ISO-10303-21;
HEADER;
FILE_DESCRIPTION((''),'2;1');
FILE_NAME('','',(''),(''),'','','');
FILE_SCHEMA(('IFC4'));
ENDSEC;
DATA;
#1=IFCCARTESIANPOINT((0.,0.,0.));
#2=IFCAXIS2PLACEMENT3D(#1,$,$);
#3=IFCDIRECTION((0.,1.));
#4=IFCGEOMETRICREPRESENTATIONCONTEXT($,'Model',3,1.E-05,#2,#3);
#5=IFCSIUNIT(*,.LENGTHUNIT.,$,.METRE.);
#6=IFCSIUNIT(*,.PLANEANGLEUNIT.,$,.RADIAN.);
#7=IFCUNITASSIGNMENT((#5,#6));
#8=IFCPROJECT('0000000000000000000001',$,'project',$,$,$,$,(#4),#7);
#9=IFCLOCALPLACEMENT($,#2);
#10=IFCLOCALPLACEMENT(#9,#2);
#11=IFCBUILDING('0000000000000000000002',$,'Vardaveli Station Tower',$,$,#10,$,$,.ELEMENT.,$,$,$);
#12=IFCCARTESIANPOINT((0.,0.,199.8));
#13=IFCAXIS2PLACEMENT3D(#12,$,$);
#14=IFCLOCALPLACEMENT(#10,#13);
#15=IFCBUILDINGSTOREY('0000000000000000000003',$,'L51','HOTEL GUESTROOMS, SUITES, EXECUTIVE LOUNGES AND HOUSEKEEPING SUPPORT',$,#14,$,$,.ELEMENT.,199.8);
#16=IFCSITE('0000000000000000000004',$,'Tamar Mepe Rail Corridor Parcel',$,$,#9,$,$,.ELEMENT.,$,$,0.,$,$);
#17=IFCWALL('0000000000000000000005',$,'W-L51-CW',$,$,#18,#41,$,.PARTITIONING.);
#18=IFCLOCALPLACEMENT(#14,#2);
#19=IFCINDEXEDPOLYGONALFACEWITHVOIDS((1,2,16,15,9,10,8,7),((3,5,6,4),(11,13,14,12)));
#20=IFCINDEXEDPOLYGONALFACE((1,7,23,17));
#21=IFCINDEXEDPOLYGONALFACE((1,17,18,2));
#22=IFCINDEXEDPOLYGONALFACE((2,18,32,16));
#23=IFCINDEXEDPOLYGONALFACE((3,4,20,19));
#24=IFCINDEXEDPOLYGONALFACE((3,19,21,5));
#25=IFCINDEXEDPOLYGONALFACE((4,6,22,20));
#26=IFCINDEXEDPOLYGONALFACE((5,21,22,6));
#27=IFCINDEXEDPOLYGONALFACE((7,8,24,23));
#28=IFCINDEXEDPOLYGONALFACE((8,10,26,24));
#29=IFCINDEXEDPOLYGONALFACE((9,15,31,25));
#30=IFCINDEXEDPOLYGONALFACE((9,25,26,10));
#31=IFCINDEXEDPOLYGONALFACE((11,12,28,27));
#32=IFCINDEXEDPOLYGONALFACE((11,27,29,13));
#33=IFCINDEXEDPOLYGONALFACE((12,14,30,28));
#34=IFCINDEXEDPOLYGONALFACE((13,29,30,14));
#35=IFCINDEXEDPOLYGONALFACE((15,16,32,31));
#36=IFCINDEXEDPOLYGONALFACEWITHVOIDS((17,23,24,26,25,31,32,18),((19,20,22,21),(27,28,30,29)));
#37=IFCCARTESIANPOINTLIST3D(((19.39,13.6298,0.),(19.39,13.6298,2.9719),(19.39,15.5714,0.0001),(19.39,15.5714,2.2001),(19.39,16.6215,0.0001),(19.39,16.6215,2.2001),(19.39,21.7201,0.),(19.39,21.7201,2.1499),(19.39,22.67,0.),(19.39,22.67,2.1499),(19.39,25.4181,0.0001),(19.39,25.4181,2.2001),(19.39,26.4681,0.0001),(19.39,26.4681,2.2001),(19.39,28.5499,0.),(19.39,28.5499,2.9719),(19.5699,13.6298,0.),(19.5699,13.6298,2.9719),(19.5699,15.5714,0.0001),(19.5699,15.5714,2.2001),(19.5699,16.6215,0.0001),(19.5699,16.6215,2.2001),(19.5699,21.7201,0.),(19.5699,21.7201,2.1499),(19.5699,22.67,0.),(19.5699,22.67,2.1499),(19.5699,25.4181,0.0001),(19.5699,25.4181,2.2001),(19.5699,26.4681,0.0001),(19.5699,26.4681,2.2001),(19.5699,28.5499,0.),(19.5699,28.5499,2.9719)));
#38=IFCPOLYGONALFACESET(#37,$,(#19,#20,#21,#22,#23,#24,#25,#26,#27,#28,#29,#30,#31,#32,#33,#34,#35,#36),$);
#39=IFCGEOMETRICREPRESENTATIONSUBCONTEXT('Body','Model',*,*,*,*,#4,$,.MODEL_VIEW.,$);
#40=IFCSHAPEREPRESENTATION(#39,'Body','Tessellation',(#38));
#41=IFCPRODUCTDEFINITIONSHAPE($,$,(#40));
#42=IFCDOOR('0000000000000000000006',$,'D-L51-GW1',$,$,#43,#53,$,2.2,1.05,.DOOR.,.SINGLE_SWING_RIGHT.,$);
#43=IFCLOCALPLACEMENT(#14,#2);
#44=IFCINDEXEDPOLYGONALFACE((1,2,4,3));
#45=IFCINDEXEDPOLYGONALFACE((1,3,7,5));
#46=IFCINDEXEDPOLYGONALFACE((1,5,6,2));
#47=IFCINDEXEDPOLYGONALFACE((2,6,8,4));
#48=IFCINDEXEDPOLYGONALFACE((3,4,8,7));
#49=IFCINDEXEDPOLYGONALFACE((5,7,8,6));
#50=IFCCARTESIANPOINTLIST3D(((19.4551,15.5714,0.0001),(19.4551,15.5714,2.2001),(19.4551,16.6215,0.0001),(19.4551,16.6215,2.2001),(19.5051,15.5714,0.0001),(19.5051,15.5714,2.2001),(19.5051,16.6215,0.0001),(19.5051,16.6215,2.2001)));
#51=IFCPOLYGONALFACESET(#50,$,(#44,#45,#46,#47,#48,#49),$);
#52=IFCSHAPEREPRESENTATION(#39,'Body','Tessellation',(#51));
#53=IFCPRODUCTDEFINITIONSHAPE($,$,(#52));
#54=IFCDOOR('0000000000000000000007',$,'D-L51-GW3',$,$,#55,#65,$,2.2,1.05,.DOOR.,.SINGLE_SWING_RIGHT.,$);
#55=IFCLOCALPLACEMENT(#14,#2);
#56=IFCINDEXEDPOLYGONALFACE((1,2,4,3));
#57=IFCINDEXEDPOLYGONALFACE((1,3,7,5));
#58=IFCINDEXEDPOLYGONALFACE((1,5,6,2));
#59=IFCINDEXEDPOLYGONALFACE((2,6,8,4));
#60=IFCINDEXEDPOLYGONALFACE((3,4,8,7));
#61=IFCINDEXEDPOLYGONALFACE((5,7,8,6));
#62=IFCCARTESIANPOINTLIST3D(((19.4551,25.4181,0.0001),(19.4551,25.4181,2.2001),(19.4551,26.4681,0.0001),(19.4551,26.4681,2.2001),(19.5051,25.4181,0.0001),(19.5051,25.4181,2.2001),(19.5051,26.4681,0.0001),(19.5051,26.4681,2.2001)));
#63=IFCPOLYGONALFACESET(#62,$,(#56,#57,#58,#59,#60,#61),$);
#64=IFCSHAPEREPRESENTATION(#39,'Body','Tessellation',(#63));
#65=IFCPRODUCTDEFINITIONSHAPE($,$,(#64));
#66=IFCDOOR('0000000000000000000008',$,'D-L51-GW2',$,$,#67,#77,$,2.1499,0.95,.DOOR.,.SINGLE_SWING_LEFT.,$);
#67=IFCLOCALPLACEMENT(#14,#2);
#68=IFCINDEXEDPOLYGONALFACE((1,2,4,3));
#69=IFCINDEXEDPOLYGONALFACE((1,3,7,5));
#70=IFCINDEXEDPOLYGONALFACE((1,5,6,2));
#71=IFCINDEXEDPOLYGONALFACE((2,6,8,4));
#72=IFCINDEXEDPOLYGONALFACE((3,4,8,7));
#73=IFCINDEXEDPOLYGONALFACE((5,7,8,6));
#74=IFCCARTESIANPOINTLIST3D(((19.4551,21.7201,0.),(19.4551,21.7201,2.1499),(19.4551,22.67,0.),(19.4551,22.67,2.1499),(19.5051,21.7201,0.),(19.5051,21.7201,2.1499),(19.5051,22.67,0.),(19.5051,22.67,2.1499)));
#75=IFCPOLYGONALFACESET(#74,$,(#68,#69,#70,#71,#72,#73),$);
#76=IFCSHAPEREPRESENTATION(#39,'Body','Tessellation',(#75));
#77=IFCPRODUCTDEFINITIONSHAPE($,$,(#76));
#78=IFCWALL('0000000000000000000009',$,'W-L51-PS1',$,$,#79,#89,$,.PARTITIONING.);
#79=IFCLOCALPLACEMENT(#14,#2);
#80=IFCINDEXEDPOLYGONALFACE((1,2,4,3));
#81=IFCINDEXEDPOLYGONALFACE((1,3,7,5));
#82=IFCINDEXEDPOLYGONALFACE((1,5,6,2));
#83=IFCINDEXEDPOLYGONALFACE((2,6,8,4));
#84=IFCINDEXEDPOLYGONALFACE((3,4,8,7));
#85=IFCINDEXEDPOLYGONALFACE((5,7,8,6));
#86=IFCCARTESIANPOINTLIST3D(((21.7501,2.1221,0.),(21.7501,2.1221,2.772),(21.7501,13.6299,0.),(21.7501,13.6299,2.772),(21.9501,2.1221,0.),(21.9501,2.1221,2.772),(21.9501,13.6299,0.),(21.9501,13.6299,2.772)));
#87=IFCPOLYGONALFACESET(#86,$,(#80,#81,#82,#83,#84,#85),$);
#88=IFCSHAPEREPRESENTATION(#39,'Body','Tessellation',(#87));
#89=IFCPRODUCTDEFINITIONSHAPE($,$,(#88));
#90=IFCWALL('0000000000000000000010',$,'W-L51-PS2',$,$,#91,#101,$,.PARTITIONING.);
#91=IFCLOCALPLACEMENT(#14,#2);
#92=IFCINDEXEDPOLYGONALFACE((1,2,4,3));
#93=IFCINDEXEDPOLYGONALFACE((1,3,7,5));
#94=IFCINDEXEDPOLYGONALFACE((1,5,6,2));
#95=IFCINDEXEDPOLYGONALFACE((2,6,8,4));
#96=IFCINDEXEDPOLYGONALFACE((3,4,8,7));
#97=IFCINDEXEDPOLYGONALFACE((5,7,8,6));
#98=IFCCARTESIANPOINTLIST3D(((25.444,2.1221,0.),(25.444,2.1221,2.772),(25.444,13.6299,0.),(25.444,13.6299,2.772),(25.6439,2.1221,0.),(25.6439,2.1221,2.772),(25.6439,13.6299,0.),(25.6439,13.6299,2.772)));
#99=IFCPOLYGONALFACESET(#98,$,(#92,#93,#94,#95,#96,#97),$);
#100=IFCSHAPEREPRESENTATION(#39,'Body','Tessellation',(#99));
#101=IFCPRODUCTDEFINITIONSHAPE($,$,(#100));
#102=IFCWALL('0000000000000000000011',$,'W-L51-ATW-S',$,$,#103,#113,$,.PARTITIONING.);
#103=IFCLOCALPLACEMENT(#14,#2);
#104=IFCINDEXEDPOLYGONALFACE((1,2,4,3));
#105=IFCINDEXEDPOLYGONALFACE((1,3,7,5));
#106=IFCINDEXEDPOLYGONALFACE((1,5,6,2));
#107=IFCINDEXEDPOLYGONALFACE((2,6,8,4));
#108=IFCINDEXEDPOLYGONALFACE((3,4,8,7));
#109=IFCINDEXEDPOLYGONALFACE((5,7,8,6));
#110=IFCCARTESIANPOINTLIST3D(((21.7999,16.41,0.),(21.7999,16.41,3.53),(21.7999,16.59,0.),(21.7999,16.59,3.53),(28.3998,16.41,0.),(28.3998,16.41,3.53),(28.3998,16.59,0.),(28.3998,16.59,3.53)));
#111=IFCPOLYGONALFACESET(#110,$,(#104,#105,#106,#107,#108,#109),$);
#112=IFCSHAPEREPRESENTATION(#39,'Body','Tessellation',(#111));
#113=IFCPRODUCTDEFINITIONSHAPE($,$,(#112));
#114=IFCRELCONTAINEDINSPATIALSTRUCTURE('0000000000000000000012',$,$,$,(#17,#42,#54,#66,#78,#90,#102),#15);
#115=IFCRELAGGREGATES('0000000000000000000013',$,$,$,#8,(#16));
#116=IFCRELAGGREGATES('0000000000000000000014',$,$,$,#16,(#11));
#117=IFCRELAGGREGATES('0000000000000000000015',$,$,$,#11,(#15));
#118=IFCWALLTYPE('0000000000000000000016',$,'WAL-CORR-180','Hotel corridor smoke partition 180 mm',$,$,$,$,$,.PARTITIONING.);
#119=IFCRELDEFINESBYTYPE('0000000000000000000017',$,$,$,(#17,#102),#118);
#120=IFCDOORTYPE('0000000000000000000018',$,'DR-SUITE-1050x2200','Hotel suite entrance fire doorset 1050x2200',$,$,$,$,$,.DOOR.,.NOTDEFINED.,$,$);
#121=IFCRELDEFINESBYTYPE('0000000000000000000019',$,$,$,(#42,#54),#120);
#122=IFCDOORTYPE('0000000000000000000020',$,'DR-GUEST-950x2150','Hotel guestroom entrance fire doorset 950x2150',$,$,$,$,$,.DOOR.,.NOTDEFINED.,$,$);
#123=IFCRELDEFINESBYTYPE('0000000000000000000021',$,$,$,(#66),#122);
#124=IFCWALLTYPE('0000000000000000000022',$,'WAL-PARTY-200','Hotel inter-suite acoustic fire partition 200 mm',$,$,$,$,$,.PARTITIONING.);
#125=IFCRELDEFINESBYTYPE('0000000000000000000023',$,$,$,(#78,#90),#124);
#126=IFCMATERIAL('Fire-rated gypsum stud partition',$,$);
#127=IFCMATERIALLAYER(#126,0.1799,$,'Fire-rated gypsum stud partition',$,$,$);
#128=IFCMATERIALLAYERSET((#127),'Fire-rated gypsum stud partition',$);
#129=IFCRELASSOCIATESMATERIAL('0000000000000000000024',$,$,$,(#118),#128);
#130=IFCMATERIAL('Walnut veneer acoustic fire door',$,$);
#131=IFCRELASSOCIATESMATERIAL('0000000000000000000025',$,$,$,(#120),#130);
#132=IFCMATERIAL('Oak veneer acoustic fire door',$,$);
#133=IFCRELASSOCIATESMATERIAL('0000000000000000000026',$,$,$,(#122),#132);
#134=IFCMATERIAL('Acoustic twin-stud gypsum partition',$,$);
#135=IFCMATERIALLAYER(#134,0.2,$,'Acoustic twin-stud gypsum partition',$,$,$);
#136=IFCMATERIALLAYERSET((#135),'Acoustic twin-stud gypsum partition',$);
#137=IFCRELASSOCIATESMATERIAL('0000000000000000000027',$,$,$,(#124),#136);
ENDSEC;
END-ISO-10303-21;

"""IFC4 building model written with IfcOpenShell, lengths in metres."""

from ifc_helpers import new_model, si_unit, direction, frame, frame_2d, origin, place, context, subcontext, project, spatial, rectangle, extrude, source, transform, mapped, material, layer, layer_set, type_object, element, fill, save


model = new_model("IFC4")

# Units and contexts
model_context = context("Model", 3, precision=1e-05, world=origin(), true_north=direction((0.0, 1.0)))
body_context = subcontext(model_context, "Body", "Model", "MODEL_VIEW")
ifc_project = project(units=[si_unit("LENGTHUNIT", "METRE"), si_unit("PLANEANGLEUNIT", "RADIAN")], contexts=[model_context])

# Site, building, storey
site_placement = place(None, origin())
site = spatial("IfcSite", under=ifc_project, at=site_placement, Name="Tamar Mepe Rail Corridor Parcel", CompositionType="ELEMENT", RefElevation=0.0)
building_placement = place(site_placement, origin())
building = spatial("IfcBuilding", under=site, at=building_placement, Name="Vardaveli Station Tower", CompositionType="ELEMENT")
storey_placement = place(building_placement, frame((0.0, 0.0, 199.8)))
storey = spatial("IfcBuildingStorey", under=building, at=storey_placement, Name="L51", Description="HOTEL GUESTROOMS, SUITES, EXECUTIVE LOUNGES AND HOUSEKEEPING SUPPORT", CompositionType="ELEMENT", Elevation=199.8)

# Shared definitions
ifc_material_1 = material(Name="Fire-rated gypsum stud partition")
ifc_layer_1 = layer(ifc_material_1, 0.1799, Name="Fire-rated gypsum stud partition")
ifc_layer_set_1 = layer_set([ifc_layer_1], Name="Fire-rated gypsum stud partition")
wall_type_1 = type_object("IfcWallType", Name="WAL-CORR-180", Description="Hotel corridor smoke partition 180 mm", PredefinedType="PARTITIONING", material=ifc_layer_set_1)
shared_shape_1 = source(origin(), body_context, "Body", "SweptSolid", [
    extrude(rectangle(XDim=1.05, YDim=2.2, at=frame_2d((0.5249, 1.1001))), frame((0.0, 0.1001, 0.0), z_axis=(0.0, -1.0, 0.0), x_axis=(1.0, 0.0, 0.0)), (0.0, 0.0, 1.0), 0.2),
])
ifc_material_2 = material(Name="Walnut veneer acoustic fire door")
door_type_1 = type_object("IfcDoorType", Name="DR-SUITE-1050x2200", Description="Hotel suite entrance fire doorset 1050x2200", OperationType="NOTDEFINED", PredefinedType="DOOR", material=ifc_material_2)
shared_shape_2 = source(origin(), body_context, "Body", "SweptSolid", [
    extrude(rectangle(XDim=1.05, YDim=2.2, at=frame_2d((0.5249, 1.1001))), frame((0.0, 0.0249, 0.0), z_axis=(0.0, -1.0, 0.0), x_axis=(1.0, 0.0, 0.0)), (0.0, 0.0, 1.0), 0.05),
])

# Wall, openings, doors
shared_shape_3 = source(origin(), body_context, "Body", "SweptSolid", [
    extrude(rectangle(XDim=14.9202, YDim=0.1799, at=frame_2d((7.46, 0.0))), origin(), (0.0, 0.0, 1.0), 2.9719),
])
wall_1_placement = place(storey_placement, frame((19.48, 13.6299, 0.0), z_axis=(0.0, 0.0, 1.0), x_axis=(0.0, 1.0, 0.0)))
wall_1 = element("IfcWall", 1, at=wall_1_placement, inside=storey, type_object=wall_type_1, Name="W-L51-CW", PredefinedType="PARTITIONING", context=body_context, shape_type="MappedRepresentation", body=[
    mapped(shared_shape_3, transform((0.0, 0.0, 0.0), scale=1.0)),
])
opening_1_placement = place(wall_1_placement, frame((1.9417, 0.0, 0.0)))
opening_1 = element("IfcOpeningElement", 2, at=opening_1_placement, cuts=wall_1, PredefinedType="OPENING", context=body_context, shape_type="MappedRepresentation", body=[
    mapped(shared_shape_1, transform((0.0, 0.0, 0.0), scale=1.0)),
])
shared_shape_4 = source(origin(), body_context, "Body", "SweptSolid", [
    extrude(rectangle(XDim=0.95, YDim=2.1499, at=frame_2d((0.4751, 1.075))), frame((0.0, 0.1001, 0.0), z_axis=(0.0, -1.0, 0.0), x_axis=(1.0, 0.0, 0.0)), (0.0, 0.0, 1.0), 0.2),
])
opening_2_placement = place(wall_1_placement, frame((8.0901, 0.0, 0.0)))
opening_2 = element("IfcOpeningElement", 3, at=opening_2_placement, cuts=wall_1, PredefinedType="OPENING", context=body_context, shape_type="MappedRepresentation", body=[
    mapped(shared_shape_4, transform((0.0, 0.0, 0.0), scale=1.0)),
])
opening_3_placement = place(wall_1_placement, frame((11.7883, 0.0, 0.0)))
opening_3 = element("IfcOpeningElement", 4, at=opening_3_placement, cuts=wall_1, PredefinedType="OPENING", context=body_context, shape_type="MappedRepresentation", body=[
    mapped(shared_shape_1, transform((0.0, 0.0, 0.0), scale=1.0)),
])
door_1_placement = place(opening_1_placement, origin())
door_1 = element("IfcDoor", 5, at=door_1_placement, inside=storey, type_object=door_type_1, Name="D-L51-GW1", OperationType="SINGLE_SWING_RIGHT", OverallHeight=2.2, OverallWidth=1.05, PredefinedType="DOOR", context=body_context, shape_type="MappedRepresentation", body=[
    mapped(shared_shape_2, transform((0.0, 0.0, 0.0), scale=1.0)),
])
fill(opening_1, door_1)
door_2_placement = place(opening_3_placement, origin())
door_2 = element("IfcDoor", 6, at=door_2_placement, inside=storey, type_object=door_type_1, Name="D-L51-GW3", OperationType="SINGLE_SWING_RIGHT", OverallHeight=2.2, OverallWidth=1.05, PredefinedType="DOOR", context=body_context, shape_type="MappedRepresentation", body=[
    mapped(shared_shape_2, transform((0.0, 0.0, 0.0), scale=1.0)),
])
fill(opening_3, door_2)
ifc_material_3 = material(Name="Oak veneer acoustic fire door")
door_type_2 = type_object("IfcDoorType", Name="DR-GUEST-950x2150", Description="Hotel guestroom entrance fire doorset 950x2150", OperationType="NOTDEFINED", PredefinedType="DOOR", material=ifc_material_3)
shared_shape_5 = source(origin(), body_context, "Body", "SweptSolid", [
    extrude(rectangle(XDim=0.95, YDim=2.1499, at=frame_2d((0.4751, 1.075))), frame((0.0, 0.0249, 0.0), z_axis=(0.0, -1.0, 0.0), x_axis=(1.0, 0.0, 0.0)), (0.0, 0.0, 1.0), 0.05),
])
door_3_placement = place(opening_2_placement, origin())
door_3 = element("IfcDoor", 7, at=door_3_placement, inside=storey, type_object=door_type_2, Name="D-L51-GW2", OperationType="SINGLE_SWING_LEFT", OverallHeight=2.1499, OverallWidth=0.95, PredefinedType="DOOR", context=body_context, shape_type="MappedRepresentation", body=[
    mapped(shared_shape_5, transform((0.0, 0.0, 0.0), scale=1.0)),
])
fill(opening_2, door_3)

# Walls
ifc_material_4 = material(Name="Acoustic twin-stud gypsum partition")
ifc_layer_2 = layer(ifc_material_4, 0.2, Name="Acoustic twin-stud gypsum partition")
ifc_layer_set_2 = layer_set([ifc_layer_2], Name="Acoustic twin-stud gypsum partition")
wall_type_2 = type_object("IfcWallType", Name="WAL-PARTY-200", Description="Hotel inter-suite acoustic fire partition 200 mm", PredefinedType="PARTITIONING", material=ifc_layer_set_2)
shared_shape_6 = source(origin(), body_context, "Body", "SweptSolid", [
    extrude(rectangle(XDim=11.5078, YDim=0.2, at=frame_2d((5.7539, 0.0))), origin(), (0.0, 0.0, 1.0), 2.772),
])
for number, where, z_axis, x_axis, name in (
    (8, (21.8501, 2.1221, 0.0), (0.0, 0.0, 1.0), (0.0, 1.0, 0.0), "W-L51-PS1"),
    (9, (25.5439, 2.1221, 0.0), (0.0, 0.0, 1.0), (0.0, 1.0, 0.0), "W-L51-PS2"),
):
    element("IfcWall", number, at=place(storey_placement, frame(where, z_axis=z_axis, x_axis=x_axis)), inside=storey, type_object=wall_type_2, Name=name, PredefinedType="PARTITIONING", context=body_context, shape_type="MappedRepresentation", body=[
        mapped(shared_shape_6, transform((0.0, 0.0, 0.0), scale=1.0)),
    ])
shared_shape_7 = source(origin(), body_context, "Body", "SweptSolid", [
    extrude(rectangle(XDim=6.5999, YDim=0.1799, at=frame_2d((3.2998, 0.0))), origin(), (0.0, 0.0, 1.0), 3.53),
])
wall_2_placement = place(storey_placement, frame((21.8, 16.5, 0.0), z_axis=(0.0, 0.0, 1.0), x_axis=(1.0, 0.0, 0.0)))
element("IfcWall", 10, at=wall_2_placement, inside=storey, type_object=wall_type_1, Name="W-L51-ATW-S", PredefinedType="PARTITIONING", context=body_context, shape_type="MappedRepresentation", body=[
    mapped(shared_shape_7, transform((0.0, 0.0, 0.0), scale=1.0)),
])

save(model, "model.ifc")
